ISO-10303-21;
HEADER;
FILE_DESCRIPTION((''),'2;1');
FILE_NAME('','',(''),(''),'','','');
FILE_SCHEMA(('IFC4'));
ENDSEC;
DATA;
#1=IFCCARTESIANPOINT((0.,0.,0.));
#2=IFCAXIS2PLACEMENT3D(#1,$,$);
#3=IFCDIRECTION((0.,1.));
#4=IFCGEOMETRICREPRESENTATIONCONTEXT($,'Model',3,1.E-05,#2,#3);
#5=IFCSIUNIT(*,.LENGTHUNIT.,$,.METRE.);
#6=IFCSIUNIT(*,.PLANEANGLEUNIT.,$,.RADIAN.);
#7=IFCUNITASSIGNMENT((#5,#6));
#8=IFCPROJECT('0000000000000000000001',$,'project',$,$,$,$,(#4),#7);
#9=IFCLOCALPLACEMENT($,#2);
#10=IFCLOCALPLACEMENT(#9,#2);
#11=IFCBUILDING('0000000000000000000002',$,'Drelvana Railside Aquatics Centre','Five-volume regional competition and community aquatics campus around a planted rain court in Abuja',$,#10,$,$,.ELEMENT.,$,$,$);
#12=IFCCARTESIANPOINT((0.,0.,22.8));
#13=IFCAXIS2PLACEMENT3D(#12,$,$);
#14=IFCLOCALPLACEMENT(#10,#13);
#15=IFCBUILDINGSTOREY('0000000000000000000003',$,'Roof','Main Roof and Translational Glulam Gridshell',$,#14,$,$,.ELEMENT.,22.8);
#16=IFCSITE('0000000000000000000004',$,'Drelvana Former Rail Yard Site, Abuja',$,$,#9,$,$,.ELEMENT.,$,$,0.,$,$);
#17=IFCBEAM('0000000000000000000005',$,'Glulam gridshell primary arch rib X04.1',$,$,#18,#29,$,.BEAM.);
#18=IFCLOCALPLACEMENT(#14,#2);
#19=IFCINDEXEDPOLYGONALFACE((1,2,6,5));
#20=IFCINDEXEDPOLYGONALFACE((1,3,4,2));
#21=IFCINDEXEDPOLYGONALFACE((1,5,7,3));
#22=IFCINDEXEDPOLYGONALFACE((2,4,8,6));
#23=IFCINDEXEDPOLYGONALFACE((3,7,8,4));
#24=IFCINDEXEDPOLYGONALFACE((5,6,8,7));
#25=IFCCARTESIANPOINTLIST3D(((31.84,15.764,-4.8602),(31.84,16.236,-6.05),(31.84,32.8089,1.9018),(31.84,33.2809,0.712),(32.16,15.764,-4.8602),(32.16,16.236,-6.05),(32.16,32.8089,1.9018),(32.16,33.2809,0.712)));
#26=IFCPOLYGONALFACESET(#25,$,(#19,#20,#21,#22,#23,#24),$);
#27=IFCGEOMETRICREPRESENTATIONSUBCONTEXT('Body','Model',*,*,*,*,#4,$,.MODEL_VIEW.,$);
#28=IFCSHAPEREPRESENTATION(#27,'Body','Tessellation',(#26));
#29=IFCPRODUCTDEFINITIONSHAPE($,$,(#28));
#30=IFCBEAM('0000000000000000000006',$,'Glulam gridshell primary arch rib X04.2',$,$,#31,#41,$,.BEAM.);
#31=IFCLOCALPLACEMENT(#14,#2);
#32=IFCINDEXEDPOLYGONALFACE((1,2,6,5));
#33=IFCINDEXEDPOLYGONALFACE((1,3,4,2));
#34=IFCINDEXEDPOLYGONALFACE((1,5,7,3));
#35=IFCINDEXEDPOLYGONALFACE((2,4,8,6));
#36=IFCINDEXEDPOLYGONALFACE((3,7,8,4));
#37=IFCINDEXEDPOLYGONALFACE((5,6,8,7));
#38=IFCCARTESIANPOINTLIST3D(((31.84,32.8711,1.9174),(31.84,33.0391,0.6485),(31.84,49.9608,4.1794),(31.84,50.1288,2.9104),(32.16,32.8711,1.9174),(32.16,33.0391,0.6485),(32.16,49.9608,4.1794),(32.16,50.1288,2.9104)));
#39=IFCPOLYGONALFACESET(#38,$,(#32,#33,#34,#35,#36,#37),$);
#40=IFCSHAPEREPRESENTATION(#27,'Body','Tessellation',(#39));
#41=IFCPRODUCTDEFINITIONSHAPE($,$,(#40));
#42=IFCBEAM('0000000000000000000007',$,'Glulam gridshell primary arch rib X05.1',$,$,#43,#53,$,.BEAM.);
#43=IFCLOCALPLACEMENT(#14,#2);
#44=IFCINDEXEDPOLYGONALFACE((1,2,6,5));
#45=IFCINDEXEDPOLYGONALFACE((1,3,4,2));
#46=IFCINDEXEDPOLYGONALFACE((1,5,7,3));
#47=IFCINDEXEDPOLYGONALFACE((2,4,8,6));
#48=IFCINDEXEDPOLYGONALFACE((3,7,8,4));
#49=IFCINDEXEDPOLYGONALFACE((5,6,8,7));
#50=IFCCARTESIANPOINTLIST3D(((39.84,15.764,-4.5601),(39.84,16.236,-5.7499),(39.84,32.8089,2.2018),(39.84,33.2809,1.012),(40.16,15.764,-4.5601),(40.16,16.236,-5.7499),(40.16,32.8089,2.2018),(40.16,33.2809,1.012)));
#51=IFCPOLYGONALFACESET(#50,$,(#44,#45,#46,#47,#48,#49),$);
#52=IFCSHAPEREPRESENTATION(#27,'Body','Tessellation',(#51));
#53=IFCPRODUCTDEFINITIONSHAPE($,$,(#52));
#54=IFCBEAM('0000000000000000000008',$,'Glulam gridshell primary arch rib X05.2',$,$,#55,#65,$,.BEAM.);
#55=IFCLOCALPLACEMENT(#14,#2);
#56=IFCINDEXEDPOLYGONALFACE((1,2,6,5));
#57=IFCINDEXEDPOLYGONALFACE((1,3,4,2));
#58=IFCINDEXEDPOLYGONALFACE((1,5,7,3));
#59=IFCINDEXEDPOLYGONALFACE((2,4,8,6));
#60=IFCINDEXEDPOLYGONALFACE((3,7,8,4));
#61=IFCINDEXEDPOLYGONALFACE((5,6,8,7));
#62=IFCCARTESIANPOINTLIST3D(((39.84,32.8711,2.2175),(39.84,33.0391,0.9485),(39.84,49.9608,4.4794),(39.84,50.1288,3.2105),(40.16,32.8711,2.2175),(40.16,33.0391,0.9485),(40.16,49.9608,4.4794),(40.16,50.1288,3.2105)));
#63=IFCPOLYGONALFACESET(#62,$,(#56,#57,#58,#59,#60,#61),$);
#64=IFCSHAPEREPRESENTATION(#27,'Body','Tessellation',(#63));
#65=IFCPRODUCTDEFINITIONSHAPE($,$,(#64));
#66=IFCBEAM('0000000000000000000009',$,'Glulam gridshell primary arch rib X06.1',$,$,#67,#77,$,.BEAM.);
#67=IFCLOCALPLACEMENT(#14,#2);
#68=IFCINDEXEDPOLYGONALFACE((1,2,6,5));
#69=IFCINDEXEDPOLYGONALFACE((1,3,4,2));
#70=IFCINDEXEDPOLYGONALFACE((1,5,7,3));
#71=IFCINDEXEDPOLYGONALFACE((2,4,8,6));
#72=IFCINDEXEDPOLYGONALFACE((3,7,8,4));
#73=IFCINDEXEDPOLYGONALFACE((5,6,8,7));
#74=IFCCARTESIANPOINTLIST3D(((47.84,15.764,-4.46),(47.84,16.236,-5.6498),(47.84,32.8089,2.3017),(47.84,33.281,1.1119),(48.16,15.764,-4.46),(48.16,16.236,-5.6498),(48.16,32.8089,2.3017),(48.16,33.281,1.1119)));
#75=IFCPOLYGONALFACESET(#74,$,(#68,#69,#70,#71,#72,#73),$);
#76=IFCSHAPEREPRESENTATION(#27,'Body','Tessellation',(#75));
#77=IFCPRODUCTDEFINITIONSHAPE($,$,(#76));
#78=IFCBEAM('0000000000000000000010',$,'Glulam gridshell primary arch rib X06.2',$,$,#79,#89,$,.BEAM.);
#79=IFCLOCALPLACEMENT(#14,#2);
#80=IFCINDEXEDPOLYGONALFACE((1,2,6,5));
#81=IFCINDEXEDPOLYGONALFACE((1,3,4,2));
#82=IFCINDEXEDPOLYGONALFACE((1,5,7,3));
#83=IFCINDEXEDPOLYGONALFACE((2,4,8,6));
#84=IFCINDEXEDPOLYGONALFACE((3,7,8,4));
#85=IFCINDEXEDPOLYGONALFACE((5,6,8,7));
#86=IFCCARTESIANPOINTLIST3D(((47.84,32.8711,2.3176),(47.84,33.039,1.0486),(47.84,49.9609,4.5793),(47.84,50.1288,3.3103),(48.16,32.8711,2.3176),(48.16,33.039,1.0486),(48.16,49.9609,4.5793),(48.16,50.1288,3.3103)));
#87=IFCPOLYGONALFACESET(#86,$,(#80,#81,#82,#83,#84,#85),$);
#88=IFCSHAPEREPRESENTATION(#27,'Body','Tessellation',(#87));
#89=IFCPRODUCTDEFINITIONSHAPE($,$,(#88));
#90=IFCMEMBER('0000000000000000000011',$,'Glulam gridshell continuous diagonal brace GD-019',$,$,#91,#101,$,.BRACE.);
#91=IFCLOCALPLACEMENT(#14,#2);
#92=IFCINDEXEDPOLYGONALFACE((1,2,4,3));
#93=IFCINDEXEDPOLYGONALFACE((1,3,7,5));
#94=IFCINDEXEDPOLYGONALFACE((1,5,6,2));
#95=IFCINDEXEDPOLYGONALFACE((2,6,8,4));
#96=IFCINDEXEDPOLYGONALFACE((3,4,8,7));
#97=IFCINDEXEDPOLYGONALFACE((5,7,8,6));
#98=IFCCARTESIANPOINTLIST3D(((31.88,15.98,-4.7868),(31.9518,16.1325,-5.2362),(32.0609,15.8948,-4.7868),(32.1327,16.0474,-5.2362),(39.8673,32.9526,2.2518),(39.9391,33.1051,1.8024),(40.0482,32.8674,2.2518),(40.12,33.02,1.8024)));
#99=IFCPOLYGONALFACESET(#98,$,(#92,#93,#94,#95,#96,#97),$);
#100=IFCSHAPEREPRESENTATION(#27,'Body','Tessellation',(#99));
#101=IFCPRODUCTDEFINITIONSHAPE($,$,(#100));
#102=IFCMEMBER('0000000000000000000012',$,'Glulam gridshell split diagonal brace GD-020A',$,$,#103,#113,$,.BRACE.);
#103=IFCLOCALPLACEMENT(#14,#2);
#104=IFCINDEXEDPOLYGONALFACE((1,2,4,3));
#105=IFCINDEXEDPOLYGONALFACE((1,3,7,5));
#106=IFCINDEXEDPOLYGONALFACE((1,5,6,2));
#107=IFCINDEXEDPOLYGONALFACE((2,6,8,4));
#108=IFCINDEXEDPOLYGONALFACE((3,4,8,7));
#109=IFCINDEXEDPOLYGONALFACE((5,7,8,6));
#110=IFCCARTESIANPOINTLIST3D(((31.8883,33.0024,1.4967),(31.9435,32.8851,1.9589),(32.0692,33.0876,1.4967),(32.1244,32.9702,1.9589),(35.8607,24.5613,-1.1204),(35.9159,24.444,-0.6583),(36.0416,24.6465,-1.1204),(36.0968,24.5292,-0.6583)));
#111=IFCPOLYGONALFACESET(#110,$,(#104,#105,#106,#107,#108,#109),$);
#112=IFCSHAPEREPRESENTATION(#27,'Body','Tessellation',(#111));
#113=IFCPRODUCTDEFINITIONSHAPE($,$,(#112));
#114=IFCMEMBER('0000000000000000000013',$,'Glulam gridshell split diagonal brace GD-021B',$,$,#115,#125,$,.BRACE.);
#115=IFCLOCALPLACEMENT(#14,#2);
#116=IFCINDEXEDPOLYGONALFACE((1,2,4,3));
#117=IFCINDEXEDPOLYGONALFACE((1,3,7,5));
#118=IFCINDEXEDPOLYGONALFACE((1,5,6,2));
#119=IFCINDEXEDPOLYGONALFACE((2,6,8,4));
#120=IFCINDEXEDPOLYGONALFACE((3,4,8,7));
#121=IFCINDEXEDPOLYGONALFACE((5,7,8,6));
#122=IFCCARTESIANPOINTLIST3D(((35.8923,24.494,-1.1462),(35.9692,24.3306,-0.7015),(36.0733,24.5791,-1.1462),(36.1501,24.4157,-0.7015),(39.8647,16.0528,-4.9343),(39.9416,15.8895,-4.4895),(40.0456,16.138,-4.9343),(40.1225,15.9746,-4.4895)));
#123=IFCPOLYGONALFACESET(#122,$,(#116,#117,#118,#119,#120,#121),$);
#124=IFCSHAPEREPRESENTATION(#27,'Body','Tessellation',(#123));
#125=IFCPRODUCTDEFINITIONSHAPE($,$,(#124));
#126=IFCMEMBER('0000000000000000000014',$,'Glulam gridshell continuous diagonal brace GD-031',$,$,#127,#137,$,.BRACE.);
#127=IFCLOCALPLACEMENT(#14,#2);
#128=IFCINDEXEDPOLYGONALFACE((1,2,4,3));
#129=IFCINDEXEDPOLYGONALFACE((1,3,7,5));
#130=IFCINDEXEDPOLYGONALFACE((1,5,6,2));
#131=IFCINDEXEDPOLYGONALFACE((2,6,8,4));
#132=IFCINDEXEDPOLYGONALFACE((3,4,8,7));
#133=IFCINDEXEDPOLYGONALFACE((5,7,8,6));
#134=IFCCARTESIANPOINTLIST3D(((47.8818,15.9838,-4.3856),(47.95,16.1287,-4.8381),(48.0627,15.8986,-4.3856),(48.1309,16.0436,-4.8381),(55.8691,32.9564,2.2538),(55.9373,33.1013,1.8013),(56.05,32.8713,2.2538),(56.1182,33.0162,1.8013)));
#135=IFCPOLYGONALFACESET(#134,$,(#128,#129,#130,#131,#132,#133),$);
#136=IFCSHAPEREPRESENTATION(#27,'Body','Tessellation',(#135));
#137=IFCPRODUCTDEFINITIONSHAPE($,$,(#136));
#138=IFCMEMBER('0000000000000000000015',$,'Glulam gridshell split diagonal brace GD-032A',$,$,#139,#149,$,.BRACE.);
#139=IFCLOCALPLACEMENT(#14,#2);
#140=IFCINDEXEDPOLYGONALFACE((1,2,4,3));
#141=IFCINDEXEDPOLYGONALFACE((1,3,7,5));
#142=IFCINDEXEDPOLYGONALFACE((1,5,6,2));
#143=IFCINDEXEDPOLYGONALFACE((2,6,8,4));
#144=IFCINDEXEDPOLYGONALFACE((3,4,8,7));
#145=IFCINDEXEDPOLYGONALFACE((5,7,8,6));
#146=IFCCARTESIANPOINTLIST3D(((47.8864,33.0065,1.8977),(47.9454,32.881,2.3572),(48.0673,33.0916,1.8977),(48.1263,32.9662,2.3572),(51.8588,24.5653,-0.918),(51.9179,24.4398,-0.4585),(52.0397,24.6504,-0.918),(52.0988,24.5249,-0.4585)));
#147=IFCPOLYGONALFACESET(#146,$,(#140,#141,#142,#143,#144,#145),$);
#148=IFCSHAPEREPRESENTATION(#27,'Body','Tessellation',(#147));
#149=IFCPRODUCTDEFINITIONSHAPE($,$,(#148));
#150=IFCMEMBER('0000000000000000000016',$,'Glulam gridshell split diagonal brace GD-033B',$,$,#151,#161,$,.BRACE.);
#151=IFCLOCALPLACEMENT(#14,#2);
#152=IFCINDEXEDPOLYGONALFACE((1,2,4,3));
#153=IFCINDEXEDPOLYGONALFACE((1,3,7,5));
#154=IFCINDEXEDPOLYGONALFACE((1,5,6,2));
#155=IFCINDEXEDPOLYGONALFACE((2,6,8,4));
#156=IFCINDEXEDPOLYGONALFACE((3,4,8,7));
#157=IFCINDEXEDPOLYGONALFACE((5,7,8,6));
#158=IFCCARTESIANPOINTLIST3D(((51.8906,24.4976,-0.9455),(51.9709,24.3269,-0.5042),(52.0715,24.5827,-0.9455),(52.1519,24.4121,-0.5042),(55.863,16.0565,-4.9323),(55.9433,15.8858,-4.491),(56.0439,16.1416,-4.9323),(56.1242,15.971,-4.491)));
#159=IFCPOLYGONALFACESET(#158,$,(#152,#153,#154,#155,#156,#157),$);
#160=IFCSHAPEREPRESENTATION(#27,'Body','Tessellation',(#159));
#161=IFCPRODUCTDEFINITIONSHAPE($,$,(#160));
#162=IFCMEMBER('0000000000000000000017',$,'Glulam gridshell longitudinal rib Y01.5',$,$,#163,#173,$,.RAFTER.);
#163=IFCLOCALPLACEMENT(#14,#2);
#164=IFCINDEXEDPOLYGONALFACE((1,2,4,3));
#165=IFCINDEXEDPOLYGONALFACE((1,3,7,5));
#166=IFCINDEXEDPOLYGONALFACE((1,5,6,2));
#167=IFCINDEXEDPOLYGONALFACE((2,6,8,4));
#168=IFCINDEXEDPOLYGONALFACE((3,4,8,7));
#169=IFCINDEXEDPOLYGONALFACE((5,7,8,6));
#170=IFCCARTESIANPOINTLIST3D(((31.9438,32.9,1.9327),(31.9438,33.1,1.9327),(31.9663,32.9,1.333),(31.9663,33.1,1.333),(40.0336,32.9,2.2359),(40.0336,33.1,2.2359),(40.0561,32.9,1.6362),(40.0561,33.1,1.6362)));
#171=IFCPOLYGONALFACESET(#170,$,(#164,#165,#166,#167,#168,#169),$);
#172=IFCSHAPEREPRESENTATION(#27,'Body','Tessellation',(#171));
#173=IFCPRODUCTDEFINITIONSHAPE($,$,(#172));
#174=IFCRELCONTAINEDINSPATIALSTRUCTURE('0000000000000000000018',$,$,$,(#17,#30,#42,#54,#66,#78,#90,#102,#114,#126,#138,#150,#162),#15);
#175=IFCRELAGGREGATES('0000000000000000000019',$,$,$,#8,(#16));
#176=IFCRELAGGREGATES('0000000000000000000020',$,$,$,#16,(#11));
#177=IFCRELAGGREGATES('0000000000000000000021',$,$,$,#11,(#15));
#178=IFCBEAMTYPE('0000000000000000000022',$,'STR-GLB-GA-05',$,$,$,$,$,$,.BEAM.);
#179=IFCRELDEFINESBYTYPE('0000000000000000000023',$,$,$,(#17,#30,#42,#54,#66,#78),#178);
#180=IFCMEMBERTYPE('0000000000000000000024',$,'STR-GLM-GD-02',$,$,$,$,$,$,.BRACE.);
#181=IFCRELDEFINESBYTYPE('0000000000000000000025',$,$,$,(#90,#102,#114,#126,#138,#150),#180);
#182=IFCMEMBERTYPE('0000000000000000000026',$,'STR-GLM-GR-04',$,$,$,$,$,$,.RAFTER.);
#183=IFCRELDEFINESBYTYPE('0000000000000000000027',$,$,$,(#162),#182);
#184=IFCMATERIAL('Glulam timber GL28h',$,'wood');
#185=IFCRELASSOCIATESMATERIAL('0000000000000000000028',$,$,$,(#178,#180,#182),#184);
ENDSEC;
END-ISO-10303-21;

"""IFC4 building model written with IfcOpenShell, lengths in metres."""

from ifc_helpers import new_model, si_unit, direction, frame, origin, origin_2d, place, context, subcontext, project, spatial, rectangle, extrude, material, material_profile, profile_set, type_object, element, save


model = new_model("IFC4")

# Units and contexts
model_context = context("Model", 3, precision=1e-05, world=origin(), true_north=direction((0.0, 1.0)))
body_context = subcontext(model_context, "Body", "Model", "MODEL_VIEW")
ifc_project = project(units=[si_unit("LENGTHUNIT", "METRE"), si_unit("PLANEANGLEUNIT", "RADIAN")], contexts=[model_context])

# Site, building, storey
site_placement = place(None, origin())
site = spatial("IfcSite", under=ifc_project, at=site_placement, Name="Drelvana Former Rail Yard Site, Abuja", CompositionType="ELEMENT", RefElevation=0.0)
building_placement = place(site_placement, origin())
building = spatial("IfcBuilding", under=site, at=building_placement, Name="Drelvana Railside Aquatics Centre", Description="Five-volume regional competition and community aquatics campus around a planted rain court in Abuja", CompositionType="ELEMENT")
storey_placement = place(building_placement, frame((0.0, 0.0, 22.8)))
storey = spatial("IfcBuildingStorey", under=building, at=storey_placement, Name="Roof", Description="Main Roof and Translational Glulam Gridshell", CompositionType="ELEMENT", Elevation=22.8)

# Beams
ifc_material_1 = material(Name="Glulam timber GL28h", Category="wood")
ifc_material_profile_1 = material_profile(ifc_material_1, rectangle(XDim=0.3201, YDim=1.28, at=origin_2d()), Name="GL28h 320x1280")
ifc_profile_set_1 = profile_set([ifc_material_profile_1], Name="Glulam timber GL28h")
beam_type_1 = type_object("IfcBeamType", Name="STR-GLB-GA-05", PredefinedType="BEAM", material=ifc_profile_set_1)
beam_1_placement = place(storey_placement, frame((32.0, 16.0, -5.4551), z_axis=(0.0, 0.929526, 0.368756), x_axis=(-1.0, 0.0, 0.0)))
element("IfcBeam", 1, at=beam_1_placement, inside=storey, type_object=beam_type_1, Name="Glulam gridshell primary arch rib X04.1", PredefinedType="BEAM", context=body_context, shape_type="SweptSolid", body=[
    extrude(rectangle(XDim=0.3201, YDim=1.28, at=origin_2d()), origin(), (0.0, 0.0, 1.0), 18.3372),
])
beam_2_placement = place(storey_placement, frame((32.0, 32.9551, 1.283), z_axis=(0.0, 0.991354, 0.131213), x_axis=(-1.0, 0.0, 0.0)))
element("IfcBeam", 2, at=beam_2_placement, inside=storey, type_object=beam_type_1, Name="Glulam gridshell primary arch rib X04.2", PredefinedType="BEAM", context=body_context, shape_type="SweptSolid", body=[
    extrude(rectangle(XDim=0.3201, YDim=1.28, at=origin_2d()), origin(), (0.0, 0.0, 1.0), 17.2388),
])
beam_3_placement = place(storey_placement, frame((40.0, 16.0, -5.155), z_axis=(0.0, 0.929526, 0.368756), x_axis=(-1.0, 0.0, 0.0)))
element("IfcBeam", 3, at=beam_3_placement, inside=storey, type_object=beam_type_1, Name="Glulam gridshell primary arch rib X05.1", PredefinedType="BEAM", context=body_context, shape_type="SweptSolid", body=[
    extrude(rectangle(XDim=0.3201, YDim=1.28, at=origin_2d()), origin(), (0.0, 0.0, 1.0), 18.3372),
])
beam_4_placement = place(storey_placement, frame((40.0, 32.9551, 1.583), z_axis=(0.0, 0.991354, 0.131213), x_axis=(-1.0, 0.0, 0.0)))
element("IfcBeam", 4, at=beam_4_placement, inside=storey, type_object=beam_type_1, Name="Glulam gridshell primary arch rib X05.2", PredefinedType="BEAM", context=body_context, shape_type="SweptSolid", body=[
    extrude(rectangle(XDim=0.3201, YDim=1.28, at=origin_2d()), origin(), (0.0, 0.0, 1.0), 17.2388),
])
beam_5_placement = place(storey_placement, frame((48.0, 16.0, -5.0549), z_axis=(0.0, 0.929531, 0.368745), x_axis=(-1.0, 0.0, 0.0)))
element("IfcBeam", 5, at=beam_5_placement, inside=storey, type_object=beam_type_1, Name="Glulam gridshell primary arch rib X06.1", PredefinedType="BEAM", context=body_context, shape_type="SweptSolid", body=[
    extrude(rectangle(XDim=0.3201, YDim=1.28, at=origin_2d()), origin(), (0.0, 0.0, 1.0), 18.3372),
])
beam_6_placement = place(storey_placement, frame((48.0, 32.9551, 1.6831), z_axis=(0.0, 0.991356, 0.131199), x_axis=(-1.0, 0.0, 0.0)))
element("IfcBeam", 6, at=beam_6_placement, inside=storey, type_object=beam_type_1, Name="Glulam gridshell primary arch rib X06.2", PredefinedType="BEAM", context=body_context, shape_type="SweptSolid", body=[
    extrude(rectangle(XDim=0.3201, YDim=1.28, at=origin_2d()), origin(), (0.0, 0.0, 1.0), 17.2388),
])

# Members
ifc_material_profile_2 = material_profile(ifc_material_1, rectangle(XDim=0.2, YDim=0.48, at=origin_2d()), Name="GL28h 200x480")
ifc_profile_set_2 = profile_set([ifc_material_profile_2], Name="Glulam timber GL28h")
member_type_1 = type_object("IfcMemberType", Name="STR-GLM-GD-02", PredefinedType="BRACE", material=ifc_profile_set_2)
member_1_placement = place(storey_placement, frame((32.0063, 16.0137, -5.0115), z_axis=(0.398663, 0.847141, 0.35131), x_axis=(-0.904815, 0.425805, 0.0)))
element("IfcMember", 7, at=member_1_placement, inside=storey, type_object=member_type_1, Name="Glulam gridshell continuous diagonal brace GD-019", PredefinedType="BRACE", context=body_context, shape_type="SweptSolid", body=[
    extrude(rectangle(XDim=0.2, YDim=0.48, at=origin_2d()), origin(), (0.0, 0.0, 1.0), 20.0352),
])
member_2_placement = place(storey_placement, frame((32.0063, 32.9863, 1.7278), z_axis=(0.409978, -0.871182, -0.270111), x_axis=(0.904815, 0.425806, 0.0)))
element("IfcMember", 8, at=member_2_placement, inside=storey, type_object=member_type_1, Name="Glulam gridshell split diagonal brace GD-020A", PredefinedType="BRACE", context=body_context, shape_type="SweptSolid", body=[
    extrude(rectangle(XDim=0.2, YDim=0.48, at=origin_2d()), origin(), (0.0, 0.0, 1.0), 9.6892),
])
member_3_placement = place(storey_placement, frame((36.0212, 24.4548, -0.9238), z_axis=(0.394523, -0.83834, -0.376216), x_axis=(0.904815, 0.425806, 0.0)))
element("IfcMember", 9, at=member_3_placement, inside=storey, type_object=member_type_1, Name="Glulam gridshell split diagonal brace GD-021B", PredefinedType="BRACE", context=body_context, shape_type="SweptSolid", body=[
    extrude(rectangle(XDim=0.2, YDim=0.48, at=origin_2d()), origin(), (0.0, 0.0, 1.0), 10.0688),
])
member_4_placement = place(storey_placement, frame((48.0063, 16.0137, -4.6118), z_axis=(0.401403, 0.852962, 0.333664), x_axis=(-0.904815, 0.425805, 0.0)))
element("IfcMember", 10, at=member_4_placement, inside=storey, type_object=member_type_1, Name="Glulam gridshell continuous diagonal brace GD-031", PredefinedType="BRACE", context=body_context, shape_type="SweptSolid", body=[
    extrude(rectangle(XDim=0.2, YDim=0.48, at=origin_2d()), origin(), (0.0, 0.0, 1.0), 19.8984),
])
member_5_placement = place(storey_placement, frame((48.0063, 32.9863, 2.1274), z_axis=(0.407644, -0.866221, -0.288941), x_axis=(0.904815, 0.425806, 0.0)))
element("IfcMember", 11, at=member_5_placement, inside=storey, type_object=member_type_1, Name="Glulam gridshell split diagonal brace GD-032A", PredefinedType="BRACE", context=body_context, shape_type="SweptSolid", body=[
    extrude(rectangle(XDim=0.2, YDim=0.48, at=origin_2d()), origin(), (0.0, 0.0, 1.0), 9.7449),
])
member_6_placement = place(storey_placement, frame((52.0212, 24.4548, -0.7249), z_axis=(0.39155, -0.832023, -0.39297), x_axis=(0.904815, 0.425806, 0.0)))
element("IfcMember", 12, at=member_6_placement, inside=storey, type_object=member_type_1, Name="Glulam gridshell split diagonal brace GD-033B", PredefinedType="BRACE", context=body_context, shape_type="SweptSolid", body=[
    extrude(rectangle(XDim=0.2, YDim=0.48, at=origin_2d()), origin(), (0.0, 0.0, 1.0), 10.1453),
])
ifc_material_profile_3 = material_profile(ifc_material_1, rectangle(XDim=0.2, YDim=0.6001, at=origin_2d()), Name="GL28h 200x600")
ifc_profile_set_3 = profile_set([ifc_material_profile_3], Name="Glulam timber GL28h")
member_type_2 = type_object("IfcMemberType", Name="STR-GLM-GR-04", PredefinedType="RAFTER", material=ifc_profile_set_3)
member_7_placement = place(storey_placement, frame((31.9551, 33.0, 1.6328), z_axis=(0.999298, 0.0, 0.037456), x_axis=(0.0, 1.0, 0.0)))
element("IfcMember", 13, at=member_7_placement, inside=storey, type_object=member_type_2, Name="Glulam gridshell longitudinal rib Y01.5", PredefinedType="RAFTER", context=body_context, shape_type="SweptSolid", body=[
    extrude(rectangle(XDim=0.2, YDim=0.6001, at=origin_2d()), origin(), (0.0, 0.0, 1.0), 8.0955),
])

save(model, "model.ifc")
